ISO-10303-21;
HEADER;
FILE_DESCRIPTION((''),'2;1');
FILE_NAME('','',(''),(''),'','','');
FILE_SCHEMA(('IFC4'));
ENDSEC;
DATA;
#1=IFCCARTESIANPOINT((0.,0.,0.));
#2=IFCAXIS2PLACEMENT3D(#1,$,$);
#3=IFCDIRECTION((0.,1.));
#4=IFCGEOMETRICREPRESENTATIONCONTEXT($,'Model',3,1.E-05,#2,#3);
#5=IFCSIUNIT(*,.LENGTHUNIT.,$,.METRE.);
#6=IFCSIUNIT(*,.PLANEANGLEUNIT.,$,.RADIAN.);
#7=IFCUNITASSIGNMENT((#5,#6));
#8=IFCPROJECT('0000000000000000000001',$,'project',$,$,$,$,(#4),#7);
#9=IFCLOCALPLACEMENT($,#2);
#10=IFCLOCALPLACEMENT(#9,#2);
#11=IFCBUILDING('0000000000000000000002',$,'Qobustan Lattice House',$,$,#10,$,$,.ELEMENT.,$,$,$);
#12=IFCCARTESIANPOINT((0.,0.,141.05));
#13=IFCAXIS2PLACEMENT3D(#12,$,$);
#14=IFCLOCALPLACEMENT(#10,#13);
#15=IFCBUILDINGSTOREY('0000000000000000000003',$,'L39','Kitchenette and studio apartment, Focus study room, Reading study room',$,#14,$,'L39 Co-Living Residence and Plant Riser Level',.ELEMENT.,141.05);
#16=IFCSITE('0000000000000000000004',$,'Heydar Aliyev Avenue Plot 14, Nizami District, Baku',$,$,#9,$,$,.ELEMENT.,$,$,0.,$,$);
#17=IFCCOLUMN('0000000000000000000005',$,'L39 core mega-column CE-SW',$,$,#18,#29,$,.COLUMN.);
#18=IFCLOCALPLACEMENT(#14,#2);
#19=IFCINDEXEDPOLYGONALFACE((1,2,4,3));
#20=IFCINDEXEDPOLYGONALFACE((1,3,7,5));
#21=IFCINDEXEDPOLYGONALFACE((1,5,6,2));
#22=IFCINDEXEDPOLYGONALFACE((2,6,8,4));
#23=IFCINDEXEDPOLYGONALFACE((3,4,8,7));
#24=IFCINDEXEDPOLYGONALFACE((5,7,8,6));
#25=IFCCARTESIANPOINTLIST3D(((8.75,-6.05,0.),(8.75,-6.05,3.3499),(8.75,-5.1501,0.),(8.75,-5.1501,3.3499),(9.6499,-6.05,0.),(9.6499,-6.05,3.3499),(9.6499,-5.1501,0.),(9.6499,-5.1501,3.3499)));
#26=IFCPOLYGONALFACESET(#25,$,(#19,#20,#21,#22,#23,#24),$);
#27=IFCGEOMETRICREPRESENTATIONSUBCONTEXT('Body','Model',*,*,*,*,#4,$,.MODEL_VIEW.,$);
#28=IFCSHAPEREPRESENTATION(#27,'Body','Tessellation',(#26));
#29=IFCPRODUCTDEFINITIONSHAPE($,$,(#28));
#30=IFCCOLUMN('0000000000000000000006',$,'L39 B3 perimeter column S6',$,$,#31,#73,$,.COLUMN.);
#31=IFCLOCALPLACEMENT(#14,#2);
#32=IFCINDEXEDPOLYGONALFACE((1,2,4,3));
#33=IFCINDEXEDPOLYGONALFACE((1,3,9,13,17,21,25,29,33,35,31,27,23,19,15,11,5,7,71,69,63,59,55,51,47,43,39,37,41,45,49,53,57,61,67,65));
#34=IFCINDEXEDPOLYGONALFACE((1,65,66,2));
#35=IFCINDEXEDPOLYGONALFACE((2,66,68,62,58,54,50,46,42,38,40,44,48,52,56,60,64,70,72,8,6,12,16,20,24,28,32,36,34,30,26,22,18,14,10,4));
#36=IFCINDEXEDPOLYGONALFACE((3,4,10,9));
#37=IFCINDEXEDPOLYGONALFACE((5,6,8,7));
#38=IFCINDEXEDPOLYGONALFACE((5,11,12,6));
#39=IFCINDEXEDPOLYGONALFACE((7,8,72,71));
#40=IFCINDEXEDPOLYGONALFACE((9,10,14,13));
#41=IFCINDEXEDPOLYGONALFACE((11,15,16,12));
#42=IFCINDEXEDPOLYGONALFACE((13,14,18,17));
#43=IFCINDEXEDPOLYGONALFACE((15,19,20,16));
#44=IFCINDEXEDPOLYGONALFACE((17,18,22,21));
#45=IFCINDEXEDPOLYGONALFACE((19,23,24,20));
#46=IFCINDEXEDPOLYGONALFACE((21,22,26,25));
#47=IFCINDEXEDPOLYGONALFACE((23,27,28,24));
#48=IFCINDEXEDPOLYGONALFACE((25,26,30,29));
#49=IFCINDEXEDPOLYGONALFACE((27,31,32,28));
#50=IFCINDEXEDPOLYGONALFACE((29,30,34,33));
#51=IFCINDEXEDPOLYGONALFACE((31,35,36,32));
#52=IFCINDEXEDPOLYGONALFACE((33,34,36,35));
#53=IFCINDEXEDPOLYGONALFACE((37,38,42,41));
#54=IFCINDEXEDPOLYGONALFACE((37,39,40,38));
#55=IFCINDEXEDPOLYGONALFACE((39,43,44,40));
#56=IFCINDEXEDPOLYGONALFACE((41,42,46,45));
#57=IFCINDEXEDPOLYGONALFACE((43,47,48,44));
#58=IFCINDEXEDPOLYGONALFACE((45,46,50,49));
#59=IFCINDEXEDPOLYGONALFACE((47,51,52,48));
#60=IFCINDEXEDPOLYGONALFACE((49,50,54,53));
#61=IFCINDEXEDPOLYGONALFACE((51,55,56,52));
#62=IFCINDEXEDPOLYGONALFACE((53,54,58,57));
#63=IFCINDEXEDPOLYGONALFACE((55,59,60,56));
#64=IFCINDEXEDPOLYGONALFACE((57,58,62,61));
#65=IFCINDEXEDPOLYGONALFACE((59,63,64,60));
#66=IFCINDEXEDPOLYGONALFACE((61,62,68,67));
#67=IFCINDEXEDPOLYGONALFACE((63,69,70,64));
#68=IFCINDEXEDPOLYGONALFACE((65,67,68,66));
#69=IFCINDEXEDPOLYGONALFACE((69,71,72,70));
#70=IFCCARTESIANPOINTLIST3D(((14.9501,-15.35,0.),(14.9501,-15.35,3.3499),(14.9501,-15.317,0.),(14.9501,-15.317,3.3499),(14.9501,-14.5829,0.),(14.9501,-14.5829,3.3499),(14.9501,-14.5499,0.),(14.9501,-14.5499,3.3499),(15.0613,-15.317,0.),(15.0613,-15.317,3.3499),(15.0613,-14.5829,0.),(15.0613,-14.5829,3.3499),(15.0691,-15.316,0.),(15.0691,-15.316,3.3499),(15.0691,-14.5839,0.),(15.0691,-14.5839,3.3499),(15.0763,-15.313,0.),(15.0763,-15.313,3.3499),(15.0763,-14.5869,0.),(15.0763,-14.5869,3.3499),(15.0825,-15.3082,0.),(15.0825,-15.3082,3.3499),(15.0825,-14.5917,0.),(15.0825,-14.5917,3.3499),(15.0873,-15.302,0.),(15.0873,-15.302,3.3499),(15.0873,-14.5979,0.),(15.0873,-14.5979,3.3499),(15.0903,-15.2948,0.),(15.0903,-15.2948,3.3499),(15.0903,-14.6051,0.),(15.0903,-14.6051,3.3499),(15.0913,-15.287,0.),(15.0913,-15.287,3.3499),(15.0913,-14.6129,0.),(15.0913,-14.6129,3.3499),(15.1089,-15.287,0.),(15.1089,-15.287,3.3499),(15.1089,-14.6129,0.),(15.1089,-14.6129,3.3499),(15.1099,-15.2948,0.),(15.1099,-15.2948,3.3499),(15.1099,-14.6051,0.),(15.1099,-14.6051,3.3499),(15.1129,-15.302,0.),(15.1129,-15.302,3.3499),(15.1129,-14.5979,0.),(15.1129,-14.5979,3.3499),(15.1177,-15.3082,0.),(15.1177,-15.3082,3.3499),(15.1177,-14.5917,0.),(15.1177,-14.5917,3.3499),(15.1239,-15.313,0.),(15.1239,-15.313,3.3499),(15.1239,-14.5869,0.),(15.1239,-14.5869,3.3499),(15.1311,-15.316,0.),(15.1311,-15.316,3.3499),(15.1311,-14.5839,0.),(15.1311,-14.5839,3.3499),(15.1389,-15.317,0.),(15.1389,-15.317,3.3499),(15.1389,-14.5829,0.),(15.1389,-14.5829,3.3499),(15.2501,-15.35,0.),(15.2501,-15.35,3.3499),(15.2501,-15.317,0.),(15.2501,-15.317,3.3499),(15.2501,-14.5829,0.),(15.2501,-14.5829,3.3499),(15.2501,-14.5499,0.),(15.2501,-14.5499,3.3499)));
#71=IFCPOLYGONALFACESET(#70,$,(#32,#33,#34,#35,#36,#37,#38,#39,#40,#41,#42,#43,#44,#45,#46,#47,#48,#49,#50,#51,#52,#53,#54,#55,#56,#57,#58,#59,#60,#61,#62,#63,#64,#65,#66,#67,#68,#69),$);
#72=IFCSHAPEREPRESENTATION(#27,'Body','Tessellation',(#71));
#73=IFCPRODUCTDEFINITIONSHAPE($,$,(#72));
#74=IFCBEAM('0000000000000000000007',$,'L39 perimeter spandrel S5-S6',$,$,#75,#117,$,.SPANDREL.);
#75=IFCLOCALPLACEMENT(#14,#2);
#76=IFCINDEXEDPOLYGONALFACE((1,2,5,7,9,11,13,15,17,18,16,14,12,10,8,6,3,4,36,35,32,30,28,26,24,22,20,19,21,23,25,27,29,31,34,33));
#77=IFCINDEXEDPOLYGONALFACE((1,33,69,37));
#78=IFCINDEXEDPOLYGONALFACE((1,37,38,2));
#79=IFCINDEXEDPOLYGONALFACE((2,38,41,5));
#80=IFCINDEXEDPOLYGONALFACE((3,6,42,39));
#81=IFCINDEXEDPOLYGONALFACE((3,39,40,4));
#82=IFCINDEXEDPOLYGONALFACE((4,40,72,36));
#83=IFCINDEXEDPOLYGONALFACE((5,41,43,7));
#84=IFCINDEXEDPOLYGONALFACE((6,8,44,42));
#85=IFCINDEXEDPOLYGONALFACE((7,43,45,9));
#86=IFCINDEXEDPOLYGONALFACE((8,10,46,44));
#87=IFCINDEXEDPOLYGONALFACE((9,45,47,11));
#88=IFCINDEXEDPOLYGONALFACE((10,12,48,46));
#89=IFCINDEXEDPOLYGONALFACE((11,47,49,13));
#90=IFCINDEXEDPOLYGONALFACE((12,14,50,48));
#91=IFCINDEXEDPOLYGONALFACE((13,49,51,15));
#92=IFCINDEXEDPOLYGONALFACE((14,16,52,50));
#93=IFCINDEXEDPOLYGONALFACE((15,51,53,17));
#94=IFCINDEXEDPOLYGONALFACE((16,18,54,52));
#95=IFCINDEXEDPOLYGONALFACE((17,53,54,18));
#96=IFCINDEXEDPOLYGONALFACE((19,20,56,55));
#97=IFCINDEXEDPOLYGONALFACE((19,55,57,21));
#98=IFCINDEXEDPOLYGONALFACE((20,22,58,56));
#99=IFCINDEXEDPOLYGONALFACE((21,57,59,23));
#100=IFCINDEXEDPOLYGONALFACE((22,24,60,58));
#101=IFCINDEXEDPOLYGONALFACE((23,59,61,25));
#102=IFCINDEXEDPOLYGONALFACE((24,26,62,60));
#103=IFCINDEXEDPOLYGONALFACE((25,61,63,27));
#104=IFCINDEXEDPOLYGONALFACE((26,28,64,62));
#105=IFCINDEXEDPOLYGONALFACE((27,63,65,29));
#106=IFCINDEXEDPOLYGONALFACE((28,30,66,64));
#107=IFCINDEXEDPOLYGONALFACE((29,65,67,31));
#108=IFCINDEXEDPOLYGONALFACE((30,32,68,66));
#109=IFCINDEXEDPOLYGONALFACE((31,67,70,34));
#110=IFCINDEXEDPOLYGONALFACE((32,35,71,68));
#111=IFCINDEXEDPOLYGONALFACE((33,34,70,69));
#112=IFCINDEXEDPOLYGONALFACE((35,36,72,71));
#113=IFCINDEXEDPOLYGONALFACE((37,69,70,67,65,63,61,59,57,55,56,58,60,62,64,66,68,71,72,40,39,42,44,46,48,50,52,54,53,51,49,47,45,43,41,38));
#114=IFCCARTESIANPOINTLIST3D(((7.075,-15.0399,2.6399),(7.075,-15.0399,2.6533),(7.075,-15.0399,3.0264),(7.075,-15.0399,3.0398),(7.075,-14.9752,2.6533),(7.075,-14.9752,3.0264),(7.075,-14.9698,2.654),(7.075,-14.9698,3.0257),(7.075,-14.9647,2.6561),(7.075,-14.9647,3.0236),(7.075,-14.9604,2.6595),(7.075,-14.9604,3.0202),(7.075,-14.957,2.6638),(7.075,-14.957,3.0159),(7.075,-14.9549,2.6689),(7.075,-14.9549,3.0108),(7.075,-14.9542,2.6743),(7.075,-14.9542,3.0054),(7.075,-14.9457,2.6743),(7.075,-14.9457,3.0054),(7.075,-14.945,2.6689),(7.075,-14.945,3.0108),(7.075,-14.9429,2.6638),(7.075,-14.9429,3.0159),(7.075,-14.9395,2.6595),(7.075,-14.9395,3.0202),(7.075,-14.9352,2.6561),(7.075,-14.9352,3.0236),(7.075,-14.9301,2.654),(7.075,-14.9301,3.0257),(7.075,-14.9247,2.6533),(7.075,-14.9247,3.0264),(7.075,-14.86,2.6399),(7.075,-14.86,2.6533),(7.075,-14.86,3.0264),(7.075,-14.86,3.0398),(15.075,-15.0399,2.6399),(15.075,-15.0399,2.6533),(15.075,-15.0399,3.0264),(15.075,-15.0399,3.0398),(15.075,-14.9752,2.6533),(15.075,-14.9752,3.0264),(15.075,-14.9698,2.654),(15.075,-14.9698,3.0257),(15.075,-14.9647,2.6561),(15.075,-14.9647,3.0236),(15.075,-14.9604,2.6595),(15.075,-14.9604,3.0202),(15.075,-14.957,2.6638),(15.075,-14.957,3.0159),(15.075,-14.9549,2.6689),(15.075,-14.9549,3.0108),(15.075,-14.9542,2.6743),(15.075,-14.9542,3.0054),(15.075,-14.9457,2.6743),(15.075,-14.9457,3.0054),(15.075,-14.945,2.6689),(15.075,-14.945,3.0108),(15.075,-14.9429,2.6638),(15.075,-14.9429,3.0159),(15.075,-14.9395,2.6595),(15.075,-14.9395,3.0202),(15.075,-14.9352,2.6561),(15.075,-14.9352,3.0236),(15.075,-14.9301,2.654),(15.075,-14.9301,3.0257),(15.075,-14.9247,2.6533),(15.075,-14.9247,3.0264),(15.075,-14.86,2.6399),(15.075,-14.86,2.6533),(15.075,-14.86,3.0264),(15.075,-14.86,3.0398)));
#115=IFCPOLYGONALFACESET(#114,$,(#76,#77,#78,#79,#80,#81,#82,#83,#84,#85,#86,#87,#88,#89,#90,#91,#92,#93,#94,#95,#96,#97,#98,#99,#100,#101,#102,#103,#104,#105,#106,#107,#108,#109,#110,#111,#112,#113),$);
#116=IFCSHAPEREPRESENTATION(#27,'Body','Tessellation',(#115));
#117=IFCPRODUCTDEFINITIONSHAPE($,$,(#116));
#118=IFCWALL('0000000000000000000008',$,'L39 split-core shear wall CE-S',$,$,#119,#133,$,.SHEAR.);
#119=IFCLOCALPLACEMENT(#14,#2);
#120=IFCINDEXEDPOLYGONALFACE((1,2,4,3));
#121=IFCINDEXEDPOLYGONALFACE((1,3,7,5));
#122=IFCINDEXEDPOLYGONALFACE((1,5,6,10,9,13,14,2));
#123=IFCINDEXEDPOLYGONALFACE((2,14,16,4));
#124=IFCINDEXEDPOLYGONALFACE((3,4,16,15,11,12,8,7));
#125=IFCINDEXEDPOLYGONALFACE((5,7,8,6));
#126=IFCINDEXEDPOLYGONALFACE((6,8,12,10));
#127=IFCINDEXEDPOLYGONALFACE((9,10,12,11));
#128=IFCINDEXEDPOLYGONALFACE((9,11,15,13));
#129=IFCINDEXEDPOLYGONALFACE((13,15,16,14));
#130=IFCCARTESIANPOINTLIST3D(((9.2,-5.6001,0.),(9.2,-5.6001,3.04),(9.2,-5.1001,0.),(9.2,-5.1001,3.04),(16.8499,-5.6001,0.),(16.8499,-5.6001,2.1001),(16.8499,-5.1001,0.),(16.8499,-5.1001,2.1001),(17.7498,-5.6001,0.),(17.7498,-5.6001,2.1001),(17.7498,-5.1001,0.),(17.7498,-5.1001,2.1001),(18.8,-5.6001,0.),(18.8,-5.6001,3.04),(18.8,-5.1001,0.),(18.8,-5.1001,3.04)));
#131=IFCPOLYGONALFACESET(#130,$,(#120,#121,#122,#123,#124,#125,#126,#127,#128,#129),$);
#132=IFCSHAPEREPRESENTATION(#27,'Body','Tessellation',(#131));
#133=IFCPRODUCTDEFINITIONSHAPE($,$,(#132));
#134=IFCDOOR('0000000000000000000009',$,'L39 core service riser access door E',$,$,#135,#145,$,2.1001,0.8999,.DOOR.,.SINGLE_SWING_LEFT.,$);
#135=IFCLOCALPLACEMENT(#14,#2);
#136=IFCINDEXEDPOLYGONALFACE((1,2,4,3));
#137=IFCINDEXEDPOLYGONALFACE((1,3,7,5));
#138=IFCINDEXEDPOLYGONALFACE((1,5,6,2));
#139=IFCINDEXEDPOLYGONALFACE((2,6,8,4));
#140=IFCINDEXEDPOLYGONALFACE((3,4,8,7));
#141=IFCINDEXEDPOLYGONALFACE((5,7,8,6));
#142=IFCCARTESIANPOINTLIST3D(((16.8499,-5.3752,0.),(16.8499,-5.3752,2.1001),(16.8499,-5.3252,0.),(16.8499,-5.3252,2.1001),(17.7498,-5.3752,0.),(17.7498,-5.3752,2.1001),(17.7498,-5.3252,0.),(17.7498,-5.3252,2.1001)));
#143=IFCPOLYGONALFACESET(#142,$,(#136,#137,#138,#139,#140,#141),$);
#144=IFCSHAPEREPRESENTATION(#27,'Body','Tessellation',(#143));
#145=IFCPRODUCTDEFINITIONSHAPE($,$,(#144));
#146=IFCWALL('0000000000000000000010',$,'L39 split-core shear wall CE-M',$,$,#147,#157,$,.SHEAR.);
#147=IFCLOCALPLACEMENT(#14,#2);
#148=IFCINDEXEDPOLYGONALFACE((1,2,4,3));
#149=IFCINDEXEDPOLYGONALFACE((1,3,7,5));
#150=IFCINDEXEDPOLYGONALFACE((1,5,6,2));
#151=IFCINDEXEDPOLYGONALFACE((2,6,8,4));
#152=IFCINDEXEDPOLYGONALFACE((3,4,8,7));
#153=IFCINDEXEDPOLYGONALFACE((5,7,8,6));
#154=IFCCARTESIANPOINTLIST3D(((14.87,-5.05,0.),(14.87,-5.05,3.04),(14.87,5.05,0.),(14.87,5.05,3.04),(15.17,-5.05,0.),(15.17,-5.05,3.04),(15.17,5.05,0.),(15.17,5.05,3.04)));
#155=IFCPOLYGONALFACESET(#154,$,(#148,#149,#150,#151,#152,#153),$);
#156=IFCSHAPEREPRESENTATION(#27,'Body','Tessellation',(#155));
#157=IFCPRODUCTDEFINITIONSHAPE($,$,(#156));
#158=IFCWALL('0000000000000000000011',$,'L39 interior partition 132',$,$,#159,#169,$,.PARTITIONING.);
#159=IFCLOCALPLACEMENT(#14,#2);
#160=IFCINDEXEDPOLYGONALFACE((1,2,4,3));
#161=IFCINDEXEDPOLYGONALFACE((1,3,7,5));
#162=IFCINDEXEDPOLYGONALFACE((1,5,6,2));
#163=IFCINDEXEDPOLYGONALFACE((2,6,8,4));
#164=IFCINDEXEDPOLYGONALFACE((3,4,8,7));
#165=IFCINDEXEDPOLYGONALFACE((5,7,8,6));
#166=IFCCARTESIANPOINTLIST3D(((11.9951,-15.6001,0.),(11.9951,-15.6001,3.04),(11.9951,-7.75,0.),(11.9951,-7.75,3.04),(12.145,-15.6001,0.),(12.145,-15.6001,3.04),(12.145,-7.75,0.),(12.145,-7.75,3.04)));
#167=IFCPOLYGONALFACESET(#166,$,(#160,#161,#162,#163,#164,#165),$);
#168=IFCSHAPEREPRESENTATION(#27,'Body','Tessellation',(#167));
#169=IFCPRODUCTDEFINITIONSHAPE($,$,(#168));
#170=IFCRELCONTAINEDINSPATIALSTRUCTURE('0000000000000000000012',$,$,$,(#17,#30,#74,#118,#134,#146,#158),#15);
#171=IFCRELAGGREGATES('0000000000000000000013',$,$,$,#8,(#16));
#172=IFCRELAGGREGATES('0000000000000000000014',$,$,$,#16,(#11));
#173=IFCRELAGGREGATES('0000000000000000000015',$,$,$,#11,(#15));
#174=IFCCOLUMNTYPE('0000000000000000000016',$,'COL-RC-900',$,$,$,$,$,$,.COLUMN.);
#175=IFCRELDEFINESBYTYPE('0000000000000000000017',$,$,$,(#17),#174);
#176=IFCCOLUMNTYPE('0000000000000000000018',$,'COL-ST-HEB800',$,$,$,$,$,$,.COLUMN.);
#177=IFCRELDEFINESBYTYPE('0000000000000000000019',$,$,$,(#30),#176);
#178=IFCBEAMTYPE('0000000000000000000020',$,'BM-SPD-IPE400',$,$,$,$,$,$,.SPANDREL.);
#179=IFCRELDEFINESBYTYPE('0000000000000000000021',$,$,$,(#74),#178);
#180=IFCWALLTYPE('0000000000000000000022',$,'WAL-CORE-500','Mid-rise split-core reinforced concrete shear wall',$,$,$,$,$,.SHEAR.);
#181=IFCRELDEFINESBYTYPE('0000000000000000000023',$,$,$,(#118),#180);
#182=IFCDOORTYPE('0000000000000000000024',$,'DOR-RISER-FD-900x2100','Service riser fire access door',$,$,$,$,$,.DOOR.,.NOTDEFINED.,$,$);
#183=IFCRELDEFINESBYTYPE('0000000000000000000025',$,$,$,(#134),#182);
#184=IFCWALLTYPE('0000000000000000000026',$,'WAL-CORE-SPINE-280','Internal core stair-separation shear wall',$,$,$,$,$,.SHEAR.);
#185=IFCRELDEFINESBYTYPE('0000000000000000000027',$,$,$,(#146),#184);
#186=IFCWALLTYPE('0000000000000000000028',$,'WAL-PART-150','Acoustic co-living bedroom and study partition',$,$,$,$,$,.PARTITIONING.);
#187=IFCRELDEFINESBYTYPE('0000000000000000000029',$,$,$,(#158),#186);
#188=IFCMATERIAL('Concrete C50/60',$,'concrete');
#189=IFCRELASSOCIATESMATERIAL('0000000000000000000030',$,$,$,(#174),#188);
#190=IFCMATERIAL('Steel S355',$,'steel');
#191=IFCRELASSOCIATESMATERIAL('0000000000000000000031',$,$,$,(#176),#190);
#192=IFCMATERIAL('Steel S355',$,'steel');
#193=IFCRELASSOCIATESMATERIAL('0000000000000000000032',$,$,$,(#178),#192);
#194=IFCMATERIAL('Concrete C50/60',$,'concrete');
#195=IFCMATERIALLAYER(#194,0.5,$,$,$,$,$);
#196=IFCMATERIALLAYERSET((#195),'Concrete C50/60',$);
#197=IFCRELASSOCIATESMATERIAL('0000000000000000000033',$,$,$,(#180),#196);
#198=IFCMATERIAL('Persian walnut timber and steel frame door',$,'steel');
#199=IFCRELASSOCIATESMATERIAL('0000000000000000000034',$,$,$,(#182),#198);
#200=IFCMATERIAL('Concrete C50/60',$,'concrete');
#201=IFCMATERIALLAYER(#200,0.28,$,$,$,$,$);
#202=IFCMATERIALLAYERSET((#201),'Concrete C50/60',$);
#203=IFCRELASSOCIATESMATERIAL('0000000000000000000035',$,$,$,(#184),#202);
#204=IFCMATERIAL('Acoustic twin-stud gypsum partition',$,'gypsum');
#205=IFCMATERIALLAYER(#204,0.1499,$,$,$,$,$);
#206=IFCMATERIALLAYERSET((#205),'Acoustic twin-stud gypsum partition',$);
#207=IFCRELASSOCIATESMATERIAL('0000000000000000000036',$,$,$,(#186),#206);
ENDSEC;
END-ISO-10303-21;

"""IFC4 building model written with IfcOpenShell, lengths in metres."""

from ifc_helpers import new_model, si_unit, direction, frame, frame_2d, origin, origin_2d, place, context, subcontext, project, spatial, rectangle, i_section, extrude, material, layer, layer_set, material_profile, profile_set, type_object, element, fill, save


model = new_model("IFC4")

# Units and contexts
model_context = context("Model", 3, precision=1e-05, world=origin(), true_north=direction((0.0, 1.0)))
body_context = subcontext(model_context, "Body", "Model", "MODEL_VIEW")
ifc_project = project(units=[si_unit("LENGTHUNIT", "METRE"), si_unit("PLANEANGLEUNIT", "RADIAN")], contexts=[model_context])

# Site, building, storey
site_placement = place(None, origin())
site = spatial("IfcSite", under=ifc_project, at=site_placement, Name="Heydar Aliyev Avenue Plot 14, Nizami District, Baku", CompositionType="ELEMENT", RefElevation=0.0)
building_placement = place(site_placement, origin())
building = spatial("IfcBuilding", under=site, at=building_placement, Name="Qobustan Lattice House", CompositionType="ELEMENT")
storey_placement = place(building_placement, frame((0.0, 0.0, 141.05)))
storey = spatial("IfcBuildingStorey", under=building, at=storey_placement, Name="L39", Description="Kitchenette and studio apartment, Focus study room, Reading study room", LongName="L39 Co-Living Residence and Plant Riser Level", CompositionType="ELEMENT", Elevation=141.05)

# Columns
ifc_material_1 = material(Name="Concrete C50/60", Category="concrete")
ifc_material_profile_1 = material_profile(ifc_material_1, rectangle(XDim=0.8999, YDim=0.8999, at=origin_2d()), Name="RC900x900")
ifc_profile_set_1 = profile_set([ifc_material_profile_1], Name="Concrete C50/60")
column_type_1 = type_object("IfcColumnType", Name="COL-RC-900", PredefinedType="COLUMN", material=ifc_profile_set_1)
column_1_placement = place(storey_placement, frame((9.2, -5.6001, 0.0), z_axis=(0.0, 0.0, 1.0), x_axis=(1.0, 0.0, 0.0)))
element("IfcColumn", 1, at=column_1_placement, inside=storey, type_object=column_type_1, Name="L39 core mega-column CE-SW", PredefinedType="COLUMN", context=body_context, shape_type="SweptSolid", body=[
    extrude(rectangle(XDim=0.8999, YDim=0.8999, at=origin_2d()), origin(), (0.0, 0.0, 1.0), 3.3499),
])
ifc_material_2 = material(Name="Steel S355", Category="steel")
ifc_material_profile_2 = material_profile(ifc_material_2, i_section(OverallWidth=0.3, OverallDepth=0.8, WebThickness=0.0176, FlangeThickness=0.033, FilletRadius=0.03, at=origin_2d()), Name="HEB800")
ifc_profile_set_2 = profile_set([ifc_material_profile_2], Name="Steel S355")
column_type_2 = type_object("IfcColumnType", Name="COL-ST-HEB800", PredefinedType="COLUMN", material=ifc_profile_set_2)
column_2_placement = place(storey_placement, frame((15.1001, -14.95, 0.0), z_axis=(0.0, 0.0, 1.0), x_axis=(1.0, 0.0, 0.0)))
element("IfcColumn", 2, at=column_2_placement, inside=storey, type_object=column_type_2, Name="L39 B3 perimeter column S6", PredefinedType="COLUMN", context=body_context, shape_type="SweptSolid", body=[
    extrude(i_section(OverallWidth=0.3, OverallDepth=0.8, WebThickness=0.0176, FlangeThickness=0.033, FilletRadius=0.03, at=origin_2d()), origin(), (0.0, 0.0, 1.0), 3.3499),
])

# Beam
ifc_material_3 = material(Name="Steel S355", Category="steel")
ifc_material_profile_3 = material_profile(ifc_material_3, i_section(OverallWidth=0.1799, OverallDepth=0.3999, WebThickness=0.0085, FlangeThickness=0.0134, FilletRadius=0.021, at=origin_2d()), Name="IPE400")
ifc_profile_set_3 = profile_set([ifc_material_profile_3], Name="Steel S355")
beam_type = type_object("IfcBeamType", Name="BM-SPD-IPE400", PredefinedType="SPANDREL", material=ifc_profile_set_3)
beam_placement = place(storey_placement, frame((7.075, -14.95, 2.8398), z_axis=(1.0, 0.0, 0.0), x_axis=(0.0, 1.0, 0.0)))
element("IfcBeam", 3, at=beam_placement, inside=storey, type_object=beam_type, Name="L39 perimeter spandrel S5-S6", PredefinedType="SPANDREL", context=body_context, shape_type="SweptSolid", body=[
    extrude(i_section(OverallWidth=0.1799, OverallDepth=0.3999, WebThickness=0.0085, FlangeThickness=0.0134, FilletRadius=0.021, at=origin_2d()), origin(), (0.0, 0.0, 1.0), 8.0),
])

# Wall, opening, door
ifc_material_4 = material(Name="Concrete C50/60", Category="concrete")
ifc_layer_1 = layer(ifc_material_4, 0.5)
ifc_layer_set_1 = layer_set([ifc_layer_1], Name="Concrete C50/60")
wall_type_1 = type_object("IfcWallType", Name="WAL-CORE-500", Description="Mid-rise split-core reinforced concrete shear wall", PredefinedType="SHEAR", material=ifc_layer_set_1)
wall_1_placement = place(storey_placement, frame((9.2, -5.3501, 0.0), z_axis=(0.0, 0.0, 1.0), x_axis=(1.0, 0.0, 0.0)))
wall_1 = element("IfcWall", 4, at=wall_1_placement, inside=storey, type_object=wall_type_1, Name="L39 split-core shear wall CE-S", PredefinedType="SHEAR", context=body_context, shape_type="SweptSolid", body=[
    extrude(rectangle(XDim=9.6001, YDim=0.5, at=frame_2d((4.8, 0.0))), origin(), (0.0, 0.0, 1.0), 3.04),
])
opening_1_placement = place(wall_1_placement, frame((7.6499, 0.0, 0.0)))
opening_1 = element("IfcOpeningElement", 5, at=opening_1_placement, cuts=wall_1, PredefinedType="OPENING", context=body_context, shape_type="SweptSolid", body=[
    extrude(rectangle(XDim=0.8999, YDim=2.1001, at=frame_2d((0.45, 1.05))), frame((0.0, 0.26, 0.0), z_axis=(0.0, -1.0, 0.0), x_axis=(1.0, 0.0, 0.0)), (0.0, 0.0, 1.0), 0.52),
])
ifc_material_5 = material(Name="Persian walnut timber and steel frame door", Category="steel")
door_type_1 = type_object("IfcDoorType", Name="DOR-RISER-FD-900x2100", Description="Service riser fire access door", OperationType="NOTDEFINED", PredefinedType="DOOR", material=ifc_material_5)
door_1_placement = place(opening_1_placement, origin())
door_1 = element("IfcDoor", 6, at=door_1_placement, inside=storey, type_object=door_type_1, Name="L39 core service riser access door E", OperationType="SINGLE_SWING_LEFT", OverallHeight=2.1001, OverallWidth=0.8999, PredefinedType="DOOR", context=body_context, shape_type="SweptSolid", body=[
    extrude(rectangle(XDim=0.8999, YDim=2.1001, at=frame_2d((0.45, 1.05))), frame((0.0, 0.0249, 0.0), z_axis=(0.0, -1.0, 0.0), x_axis=(1.0, 0.0, 0.0)), (0.0, 0.0, 1.0), 0.05),
])
fill(opening_1, door_1)

# Wall
ifc_material_6 = material(Name="Concrete C50/60", Category="concrete")
ifc_layer_2 = layer(ifc_material_6, 0.28)
ifc_layer_set_2 = layer_set([ifc_layer_2], Name="Concrete C50/60")
wall_type_2 = type_object("IfcWallType", Name="WAL-CORE-SPINE-280", Description="Internal core stair-separation shear wall", PredefinedType="SHEAR", material=ifc_layer_set_2)
wall_2_placement = place(storey_placement, frame((15.02, -5.05, 0.0), z_axis=(0.0, 0.0, 1.0), x_axis=(0.0, 1.0, 0.0)))
element("IfcWall", 7, at=wall_2_placement, inside=storey, type_object=wall_type_2, Name="L39 split-core shear wall CE-M", PredefinedType="SHEAR", context=body_context, shape_type="SweptSolid", body=[
    extrude(rectangle(XDim=10.1001, YDim=0.3, at=frame_2d((5.05, 0.0))), origin(), (0.0, 0.0, 1.0), 3.04),
])

# Wall
ifc_material_7 = material(Name="Acoustic twin-stud gypsum partition", Category="gypsum")
ifc_layer_3 = layer(ifc_material_7, 0.1499)
ifc_layer_set_3 = layer_set([ifc_layer_3], Name="Acoustic twin-stud gypsum partition")
wall_type_3 = type_object("IfcWallType", Name="WAL-PART-150", Description="Acoustic co-living bedroom and study partition", PredefinedType="PARTITIONING", material=ifc_layer_set_3)
wall_3_placement = place(storey_placement, frame((12.0701, -7.75, 0.0), z_axis=(0.0, 0.0, 1.0), x_axis=(0.0, -1.0, 0.0)))
element("IfcWall", 8, at=wall_3_placement, inside=storey, type_object=wall_type_3, Name="L39 interior partition 132", PredefinedType="PARTITIONING", context=body_context, shape_type="SweptSolid", body=[
    extrude(rectangle(XDim=7.8501, YDim=0.1499, at=frame_2d((3.925, 0.0))), origin(), (0.0, 0.0, 1.0), 3.04),
])

save(model, "model.ifc")
